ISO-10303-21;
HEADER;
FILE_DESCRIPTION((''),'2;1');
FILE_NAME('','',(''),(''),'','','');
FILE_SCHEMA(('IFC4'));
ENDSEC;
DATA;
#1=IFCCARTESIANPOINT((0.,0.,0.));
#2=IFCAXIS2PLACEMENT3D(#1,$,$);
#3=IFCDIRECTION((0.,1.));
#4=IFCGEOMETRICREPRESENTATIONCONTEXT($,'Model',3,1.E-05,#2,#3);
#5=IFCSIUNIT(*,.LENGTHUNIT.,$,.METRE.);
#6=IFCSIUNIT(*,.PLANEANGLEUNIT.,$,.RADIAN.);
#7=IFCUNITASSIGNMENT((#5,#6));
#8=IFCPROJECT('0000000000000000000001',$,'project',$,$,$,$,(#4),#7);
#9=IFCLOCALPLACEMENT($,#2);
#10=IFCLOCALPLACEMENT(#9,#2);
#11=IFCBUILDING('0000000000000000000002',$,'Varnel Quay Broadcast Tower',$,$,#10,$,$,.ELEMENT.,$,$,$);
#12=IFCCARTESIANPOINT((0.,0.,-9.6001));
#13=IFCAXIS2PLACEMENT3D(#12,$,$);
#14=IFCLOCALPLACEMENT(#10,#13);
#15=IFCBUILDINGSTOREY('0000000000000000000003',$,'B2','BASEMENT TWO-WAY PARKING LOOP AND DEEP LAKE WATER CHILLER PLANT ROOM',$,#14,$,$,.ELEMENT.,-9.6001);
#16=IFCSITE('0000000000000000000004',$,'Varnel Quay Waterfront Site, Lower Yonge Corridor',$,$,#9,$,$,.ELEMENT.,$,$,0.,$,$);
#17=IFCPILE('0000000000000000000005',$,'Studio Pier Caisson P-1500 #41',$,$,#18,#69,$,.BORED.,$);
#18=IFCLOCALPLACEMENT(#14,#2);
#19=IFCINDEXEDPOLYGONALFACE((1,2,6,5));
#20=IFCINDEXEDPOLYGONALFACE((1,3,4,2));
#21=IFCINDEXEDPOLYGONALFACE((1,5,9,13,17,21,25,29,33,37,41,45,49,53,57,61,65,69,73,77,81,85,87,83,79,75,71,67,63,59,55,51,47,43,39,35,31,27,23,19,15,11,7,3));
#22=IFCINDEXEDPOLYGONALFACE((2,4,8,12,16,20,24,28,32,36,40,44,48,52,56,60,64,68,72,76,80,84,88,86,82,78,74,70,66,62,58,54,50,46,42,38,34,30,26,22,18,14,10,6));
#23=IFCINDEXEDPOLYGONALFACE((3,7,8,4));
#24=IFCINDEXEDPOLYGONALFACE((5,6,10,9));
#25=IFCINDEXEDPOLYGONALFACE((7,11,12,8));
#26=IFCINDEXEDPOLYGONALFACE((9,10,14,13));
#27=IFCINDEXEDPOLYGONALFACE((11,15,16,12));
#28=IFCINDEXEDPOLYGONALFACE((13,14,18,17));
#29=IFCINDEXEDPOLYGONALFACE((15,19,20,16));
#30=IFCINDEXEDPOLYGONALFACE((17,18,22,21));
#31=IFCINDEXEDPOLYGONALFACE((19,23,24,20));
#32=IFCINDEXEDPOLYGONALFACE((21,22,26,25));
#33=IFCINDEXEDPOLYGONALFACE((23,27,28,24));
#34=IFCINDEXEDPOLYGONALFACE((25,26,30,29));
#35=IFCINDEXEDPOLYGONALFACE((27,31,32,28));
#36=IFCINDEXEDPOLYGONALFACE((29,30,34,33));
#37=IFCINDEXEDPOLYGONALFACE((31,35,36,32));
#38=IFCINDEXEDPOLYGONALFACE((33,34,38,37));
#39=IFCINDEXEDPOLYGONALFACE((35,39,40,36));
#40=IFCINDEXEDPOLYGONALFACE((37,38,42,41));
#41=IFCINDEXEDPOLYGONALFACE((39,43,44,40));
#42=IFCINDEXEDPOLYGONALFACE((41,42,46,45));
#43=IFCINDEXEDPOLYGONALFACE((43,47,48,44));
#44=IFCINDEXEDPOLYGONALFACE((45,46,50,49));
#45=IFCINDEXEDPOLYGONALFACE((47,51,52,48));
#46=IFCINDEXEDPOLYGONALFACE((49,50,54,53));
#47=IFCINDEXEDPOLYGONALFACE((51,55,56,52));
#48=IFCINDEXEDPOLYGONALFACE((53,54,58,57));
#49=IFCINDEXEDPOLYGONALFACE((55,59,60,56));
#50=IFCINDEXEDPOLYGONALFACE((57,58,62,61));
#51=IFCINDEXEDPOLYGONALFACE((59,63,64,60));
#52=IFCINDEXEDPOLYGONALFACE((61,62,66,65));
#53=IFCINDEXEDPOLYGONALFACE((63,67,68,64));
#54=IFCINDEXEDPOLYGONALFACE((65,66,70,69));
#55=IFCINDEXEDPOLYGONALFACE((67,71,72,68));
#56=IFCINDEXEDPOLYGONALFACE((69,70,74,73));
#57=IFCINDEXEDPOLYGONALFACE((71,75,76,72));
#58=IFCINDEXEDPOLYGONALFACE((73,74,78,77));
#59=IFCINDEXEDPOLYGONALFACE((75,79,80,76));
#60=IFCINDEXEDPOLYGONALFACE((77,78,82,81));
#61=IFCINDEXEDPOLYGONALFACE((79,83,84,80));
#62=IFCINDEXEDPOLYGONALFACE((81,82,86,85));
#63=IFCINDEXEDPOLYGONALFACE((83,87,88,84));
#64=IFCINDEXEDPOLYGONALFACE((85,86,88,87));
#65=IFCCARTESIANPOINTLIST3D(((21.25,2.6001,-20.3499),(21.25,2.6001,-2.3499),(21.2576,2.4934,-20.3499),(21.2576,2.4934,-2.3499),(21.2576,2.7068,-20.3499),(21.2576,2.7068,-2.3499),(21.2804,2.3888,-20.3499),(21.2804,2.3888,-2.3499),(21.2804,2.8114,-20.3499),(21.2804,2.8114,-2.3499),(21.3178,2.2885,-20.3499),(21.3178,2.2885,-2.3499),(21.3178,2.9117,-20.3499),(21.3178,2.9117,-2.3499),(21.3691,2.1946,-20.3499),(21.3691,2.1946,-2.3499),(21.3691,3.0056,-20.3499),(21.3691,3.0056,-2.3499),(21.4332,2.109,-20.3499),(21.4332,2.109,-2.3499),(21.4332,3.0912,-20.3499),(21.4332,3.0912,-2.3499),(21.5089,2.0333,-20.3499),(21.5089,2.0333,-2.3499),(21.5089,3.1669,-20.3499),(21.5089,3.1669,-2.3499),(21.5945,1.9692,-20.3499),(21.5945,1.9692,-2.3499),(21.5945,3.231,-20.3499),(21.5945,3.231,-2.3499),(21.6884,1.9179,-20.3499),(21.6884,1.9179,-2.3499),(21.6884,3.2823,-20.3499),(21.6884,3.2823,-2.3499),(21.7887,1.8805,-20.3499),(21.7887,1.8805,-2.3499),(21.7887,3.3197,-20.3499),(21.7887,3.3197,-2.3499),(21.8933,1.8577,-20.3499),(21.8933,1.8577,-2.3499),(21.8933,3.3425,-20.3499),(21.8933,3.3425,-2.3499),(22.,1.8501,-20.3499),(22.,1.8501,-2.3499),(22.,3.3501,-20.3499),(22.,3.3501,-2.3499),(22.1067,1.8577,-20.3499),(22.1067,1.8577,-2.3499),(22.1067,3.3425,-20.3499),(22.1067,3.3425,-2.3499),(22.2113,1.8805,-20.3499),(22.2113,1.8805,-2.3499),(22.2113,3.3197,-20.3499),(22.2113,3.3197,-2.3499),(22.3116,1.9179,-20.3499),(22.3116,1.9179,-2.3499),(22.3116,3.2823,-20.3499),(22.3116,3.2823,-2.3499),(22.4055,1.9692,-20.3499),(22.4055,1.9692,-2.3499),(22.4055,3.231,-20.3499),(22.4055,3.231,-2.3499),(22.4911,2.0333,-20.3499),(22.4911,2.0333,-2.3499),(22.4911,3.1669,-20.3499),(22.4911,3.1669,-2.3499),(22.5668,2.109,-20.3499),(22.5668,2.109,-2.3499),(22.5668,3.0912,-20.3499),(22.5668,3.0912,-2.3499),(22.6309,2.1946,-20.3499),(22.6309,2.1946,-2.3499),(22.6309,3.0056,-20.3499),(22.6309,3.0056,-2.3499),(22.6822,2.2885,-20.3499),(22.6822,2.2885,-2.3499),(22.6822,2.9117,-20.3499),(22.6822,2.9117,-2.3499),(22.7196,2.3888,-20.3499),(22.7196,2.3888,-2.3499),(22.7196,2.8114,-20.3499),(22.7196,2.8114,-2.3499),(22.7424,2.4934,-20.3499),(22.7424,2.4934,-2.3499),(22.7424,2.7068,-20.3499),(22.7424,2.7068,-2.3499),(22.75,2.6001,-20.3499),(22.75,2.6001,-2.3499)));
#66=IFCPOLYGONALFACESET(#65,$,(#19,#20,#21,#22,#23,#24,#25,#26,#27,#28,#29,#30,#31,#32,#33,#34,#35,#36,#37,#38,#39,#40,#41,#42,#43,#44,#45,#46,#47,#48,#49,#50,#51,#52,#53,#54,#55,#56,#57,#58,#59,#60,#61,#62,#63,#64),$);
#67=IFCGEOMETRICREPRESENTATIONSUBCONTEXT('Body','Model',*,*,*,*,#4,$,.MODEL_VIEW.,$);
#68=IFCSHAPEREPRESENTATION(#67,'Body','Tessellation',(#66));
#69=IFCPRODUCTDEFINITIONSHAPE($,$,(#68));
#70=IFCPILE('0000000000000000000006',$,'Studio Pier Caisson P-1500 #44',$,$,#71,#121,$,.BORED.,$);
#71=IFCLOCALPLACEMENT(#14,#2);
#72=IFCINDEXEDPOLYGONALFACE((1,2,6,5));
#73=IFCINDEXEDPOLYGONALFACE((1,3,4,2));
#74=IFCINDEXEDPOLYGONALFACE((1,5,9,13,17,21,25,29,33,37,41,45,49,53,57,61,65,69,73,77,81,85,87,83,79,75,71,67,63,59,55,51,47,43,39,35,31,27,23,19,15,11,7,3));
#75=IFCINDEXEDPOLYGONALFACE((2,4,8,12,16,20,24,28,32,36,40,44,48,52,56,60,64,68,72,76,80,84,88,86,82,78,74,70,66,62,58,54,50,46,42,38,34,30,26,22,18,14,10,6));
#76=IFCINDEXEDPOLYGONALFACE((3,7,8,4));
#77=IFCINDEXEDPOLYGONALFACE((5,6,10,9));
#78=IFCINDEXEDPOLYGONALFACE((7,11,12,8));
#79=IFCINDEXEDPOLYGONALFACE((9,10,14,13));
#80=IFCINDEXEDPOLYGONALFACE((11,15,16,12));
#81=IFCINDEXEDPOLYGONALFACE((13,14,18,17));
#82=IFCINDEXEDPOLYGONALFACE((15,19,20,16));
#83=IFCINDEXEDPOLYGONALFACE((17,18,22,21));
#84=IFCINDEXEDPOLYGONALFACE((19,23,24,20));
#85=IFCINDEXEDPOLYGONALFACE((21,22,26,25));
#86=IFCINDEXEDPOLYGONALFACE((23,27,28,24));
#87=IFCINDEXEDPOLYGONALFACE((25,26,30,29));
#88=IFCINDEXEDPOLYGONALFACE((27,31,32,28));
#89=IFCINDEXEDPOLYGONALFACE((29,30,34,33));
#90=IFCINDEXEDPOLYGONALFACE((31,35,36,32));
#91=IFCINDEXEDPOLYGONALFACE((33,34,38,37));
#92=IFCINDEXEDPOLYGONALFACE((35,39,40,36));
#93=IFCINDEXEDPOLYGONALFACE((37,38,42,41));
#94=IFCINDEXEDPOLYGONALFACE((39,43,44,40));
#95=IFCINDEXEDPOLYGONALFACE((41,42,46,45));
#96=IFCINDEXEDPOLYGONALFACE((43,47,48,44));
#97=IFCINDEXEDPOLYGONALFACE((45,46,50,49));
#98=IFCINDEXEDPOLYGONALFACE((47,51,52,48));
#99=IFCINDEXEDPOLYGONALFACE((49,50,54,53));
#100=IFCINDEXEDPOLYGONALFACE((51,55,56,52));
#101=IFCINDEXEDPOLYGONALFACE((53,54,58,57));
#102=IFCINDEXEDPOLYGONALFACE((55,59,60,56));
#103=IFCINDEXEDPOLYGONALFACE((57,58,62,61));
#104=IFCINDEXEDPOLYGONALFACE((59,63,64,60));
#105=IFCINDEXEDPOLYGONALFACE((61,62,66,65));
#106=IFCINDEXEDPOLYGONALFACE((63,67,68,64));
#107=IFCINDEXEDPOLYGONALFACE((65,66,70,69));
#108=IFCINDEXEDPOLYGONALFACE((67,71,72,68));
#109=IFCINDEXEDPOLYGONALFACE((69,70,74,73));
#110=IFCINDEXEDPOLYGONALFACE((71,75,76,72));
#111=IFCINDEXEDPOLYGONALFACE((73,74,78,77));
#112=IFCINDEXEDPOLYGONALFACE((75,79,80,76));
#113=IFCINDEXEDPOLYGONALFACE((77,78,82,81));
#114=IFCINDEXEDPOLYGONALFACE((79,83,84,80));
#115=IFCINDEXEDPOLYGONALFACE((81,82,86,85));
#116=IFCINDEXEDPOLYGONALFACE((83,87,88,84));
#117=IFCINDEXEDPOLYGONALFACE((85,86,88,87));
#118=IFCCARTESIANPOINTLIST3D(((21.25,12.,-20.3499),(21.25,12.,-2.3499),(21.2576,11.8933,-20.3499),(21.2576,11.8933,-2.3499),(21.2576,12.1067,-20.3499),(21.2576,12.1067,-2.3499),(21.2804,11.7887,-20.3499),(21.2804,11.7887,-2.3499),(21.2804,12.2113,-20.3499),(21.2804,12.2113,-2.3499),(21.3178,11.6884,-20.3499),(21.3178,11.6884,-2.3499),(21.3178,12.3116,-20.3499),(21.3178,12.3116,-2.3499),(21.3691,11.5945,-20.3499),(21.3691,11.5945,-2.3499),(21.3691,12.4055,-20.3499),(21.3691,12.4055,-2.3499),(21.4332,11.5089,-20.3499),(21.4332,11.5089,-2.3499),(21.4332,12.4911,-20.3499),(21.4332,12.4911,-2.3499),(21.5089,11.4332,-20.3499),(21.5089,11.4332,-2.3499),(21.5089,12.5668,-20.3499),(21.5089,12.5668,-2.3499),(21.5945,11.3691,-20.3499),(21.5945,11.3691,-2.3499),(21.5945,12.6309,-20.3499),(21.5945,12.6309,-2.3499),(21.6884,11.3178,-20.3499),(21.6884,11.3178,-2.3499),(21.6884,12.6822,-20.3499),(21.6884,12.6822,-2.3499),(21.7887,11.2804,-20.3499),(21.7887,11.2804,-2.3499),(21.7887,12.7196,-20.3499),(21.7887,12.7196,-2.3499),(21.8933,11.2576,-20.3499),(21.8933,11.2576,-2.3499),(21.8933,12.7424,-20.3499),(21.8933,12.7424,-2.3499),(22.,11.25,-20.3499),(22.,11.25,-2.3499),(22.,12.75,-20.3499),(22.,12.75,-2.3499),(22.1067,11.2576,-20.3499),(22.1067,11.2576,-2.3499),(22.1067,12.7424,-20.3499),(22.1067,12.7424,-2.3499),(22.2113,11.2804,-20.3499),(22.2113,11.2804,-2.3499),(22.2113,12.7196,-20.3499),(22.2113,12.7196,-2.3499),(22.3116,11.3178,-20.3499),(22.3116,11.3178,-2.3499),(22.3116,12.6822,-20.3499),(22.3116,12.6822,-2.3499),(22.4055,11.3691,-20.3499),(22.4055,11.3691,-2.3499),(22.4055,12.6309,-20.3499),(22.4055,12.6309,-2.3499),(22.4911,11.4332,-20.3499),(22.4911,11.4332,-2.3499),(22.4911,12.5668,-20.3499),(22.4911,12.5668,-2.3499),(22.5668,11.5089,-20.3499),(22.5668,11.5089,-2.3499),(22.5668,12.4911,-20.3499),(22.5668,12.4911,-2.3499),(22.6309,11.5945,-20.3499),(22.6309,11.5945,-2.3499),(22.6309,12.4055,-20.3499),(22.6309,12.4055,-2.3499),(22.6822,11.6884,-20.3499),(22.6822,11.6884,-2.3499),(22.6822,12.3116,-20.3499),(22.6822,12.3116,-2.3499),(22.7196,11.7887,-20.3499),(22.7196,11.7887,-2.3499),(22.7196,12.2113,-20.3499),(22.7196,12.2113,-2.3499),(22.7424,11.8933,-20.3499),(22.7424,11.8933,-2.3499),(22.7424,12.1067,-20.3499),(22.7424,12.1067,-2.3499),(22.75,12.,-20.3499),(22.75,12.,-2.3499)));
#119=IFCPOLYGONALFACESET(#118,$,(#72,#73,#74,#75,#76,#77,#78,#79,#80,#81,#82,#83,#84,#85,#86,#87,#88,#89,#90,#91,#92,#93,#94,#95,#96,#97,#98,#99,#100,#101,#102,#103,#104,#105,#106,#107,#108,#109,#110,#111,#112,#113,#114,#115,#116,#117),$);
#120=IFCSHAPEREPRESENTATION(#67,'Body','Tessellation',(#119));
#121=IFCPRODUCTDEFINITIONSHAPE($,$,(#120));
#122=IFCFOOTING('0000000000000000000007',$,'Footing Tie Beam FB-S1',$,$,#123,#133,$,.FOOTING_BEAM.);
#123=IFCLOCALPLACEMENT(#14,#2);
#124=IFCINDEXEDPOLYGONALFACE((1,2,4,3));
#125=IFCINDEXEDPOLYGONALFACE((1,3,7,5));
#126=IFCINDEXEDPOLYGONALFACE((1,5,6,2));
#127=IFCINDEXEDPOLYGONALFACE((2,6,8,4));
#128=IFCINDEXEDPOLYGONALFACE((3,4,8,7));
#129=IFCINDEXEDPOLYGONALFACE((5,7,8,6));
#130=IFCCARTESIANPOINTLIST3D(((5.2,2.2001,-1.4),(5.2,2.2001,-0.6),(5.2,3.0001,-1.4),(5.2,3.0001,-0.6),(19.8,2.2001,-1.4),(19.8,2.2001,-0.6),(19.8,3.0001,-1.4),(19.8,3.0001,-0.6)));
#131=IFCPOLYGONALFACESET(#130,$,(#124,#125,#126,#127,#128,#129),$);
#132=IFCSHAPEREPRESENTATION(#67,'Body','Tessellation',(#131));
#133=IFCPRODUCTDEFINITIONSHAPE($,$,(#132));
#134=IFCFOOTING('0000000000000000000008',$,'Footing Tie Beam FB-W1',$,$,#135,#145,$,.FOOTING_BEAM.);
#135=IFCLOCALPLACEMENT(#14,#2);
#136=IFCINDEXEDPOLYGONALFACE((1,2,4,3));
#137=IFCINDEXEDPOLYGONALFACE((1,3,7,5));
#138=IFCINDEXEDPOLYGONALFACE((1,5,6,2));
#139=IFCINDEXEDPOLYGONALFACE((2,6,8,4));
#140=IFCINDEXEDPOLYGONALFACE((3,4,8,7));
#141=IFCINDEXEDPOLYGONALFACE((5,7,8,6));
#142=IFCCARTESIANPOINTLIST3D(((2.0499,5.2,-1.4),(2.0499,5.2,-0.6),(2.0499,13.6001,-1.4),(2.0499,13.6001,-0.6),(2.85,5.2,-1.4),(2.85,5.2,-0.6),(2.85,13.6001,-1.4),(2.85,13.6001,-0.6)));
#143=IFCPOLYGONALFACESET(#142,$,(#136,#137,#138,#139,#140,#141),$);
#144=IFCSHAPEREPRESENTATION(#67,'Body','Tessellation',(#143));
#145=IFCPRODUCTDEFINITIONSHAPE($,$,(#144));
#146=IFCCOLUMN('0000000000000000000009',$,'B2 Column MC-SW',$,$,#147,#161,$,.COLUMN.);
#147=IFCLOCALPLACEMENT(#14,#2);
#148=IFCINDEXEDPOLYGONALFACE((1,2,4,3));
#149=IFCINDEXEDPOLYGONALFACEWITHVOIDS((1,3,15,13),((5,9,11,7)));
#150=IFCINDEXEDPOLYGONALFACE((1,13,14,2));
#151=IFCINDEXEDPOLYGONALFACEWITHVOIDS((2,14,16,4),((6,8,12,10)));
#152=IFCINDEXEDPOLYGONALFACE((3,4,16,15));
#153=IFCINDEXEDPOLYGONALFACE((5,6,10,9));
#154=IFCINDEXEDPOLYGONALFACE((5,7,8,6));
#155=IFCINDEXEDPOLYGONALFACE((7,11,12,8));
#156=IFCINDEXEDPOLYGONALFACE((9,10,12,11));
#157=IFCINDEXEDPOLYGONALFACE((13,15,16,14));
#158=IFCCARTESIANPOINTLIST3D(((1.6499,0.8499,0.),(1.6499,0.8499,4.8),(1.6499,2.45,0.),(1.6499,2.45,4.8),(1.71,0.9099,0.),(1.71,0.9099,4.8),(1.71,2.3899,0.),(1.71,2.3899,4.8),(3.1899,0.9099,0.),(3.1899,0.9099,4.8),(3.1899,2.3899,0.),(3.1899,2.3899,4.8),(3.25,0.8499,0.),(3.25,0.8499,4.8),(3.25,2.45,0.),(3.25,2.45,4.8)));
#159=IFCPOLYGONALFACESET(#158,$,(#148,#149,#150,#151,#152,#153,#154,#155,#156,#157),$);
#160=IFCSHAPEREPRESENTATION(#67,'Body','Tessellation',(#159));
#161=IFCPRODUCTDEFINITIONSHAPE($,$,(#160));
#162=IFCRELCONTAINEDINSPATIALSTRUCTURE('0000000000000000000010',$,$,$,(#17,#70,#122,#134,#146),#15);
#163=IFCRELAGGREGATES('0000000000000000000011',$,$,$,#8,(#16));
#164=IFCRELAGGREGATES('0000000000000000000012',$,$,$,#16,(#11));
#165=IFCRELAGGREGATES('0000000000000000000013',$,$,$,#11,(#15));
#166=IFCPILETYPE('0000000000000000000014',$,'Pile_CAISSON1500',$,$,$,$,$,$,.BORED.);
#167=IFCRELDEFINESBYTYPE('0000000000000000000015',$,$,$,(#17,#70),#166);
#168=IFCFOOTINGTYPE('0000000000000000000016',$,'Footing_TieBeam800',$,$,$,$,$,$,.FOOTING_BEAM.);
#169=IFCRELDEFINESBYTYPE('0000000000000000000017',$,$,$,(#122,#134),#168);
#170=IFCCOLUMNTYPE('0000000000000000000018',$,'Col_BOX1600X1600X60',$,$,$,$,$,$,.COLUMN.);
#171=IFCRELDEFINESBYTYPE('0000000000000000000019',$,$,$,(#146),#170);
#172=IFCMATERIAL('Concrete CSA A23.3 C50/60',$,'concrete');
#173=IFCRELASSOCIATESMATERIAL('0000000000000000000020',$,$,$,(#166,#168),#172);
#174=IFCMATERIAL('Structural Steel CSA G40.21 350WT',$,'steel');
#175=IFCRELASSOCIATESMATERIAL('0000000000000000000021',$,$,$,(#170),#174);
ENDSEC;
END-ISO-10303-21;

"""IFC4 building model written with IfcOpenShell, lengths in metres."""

from ifc_helpers import new_model, si_unit, direction, frame, origin, origin_2d, place, context, subcontext, project, spatial, rectangle, hollow_rectangle, circle, extrude, source, transform, mapped, material, material_profile, profile_set, type_object, type_shapes, element, save


model = new_model("IFC4")

# Units and contexts
model_context = context("Model", 3, precision=1e-05, world=origin(), true_north=direction((0.0, 1.0)))
body_context = subcontext(model_context, "Body", "Model", "MODEL_VIEW")
ifc_project = project(units=[si_unit("LENGTHUNIT", "METRE"), si_unit("PLANEANGLEUNIT", "RADIAN")], contexts=[model_context])

# Site, building, storey
site_placement = place(None, origin())
site = spatial("IfcSite", under=ifc_project, at=site_placement, Name="Varnel Quay Waterfront Site, Lower Yonge Corridor", CompositionType="ELEMENT", RefElevation=0.0)
building_placement = place(site_placement, origin())
building = spatial("IfcBuilding", under=site, at=building_placement, Name="Varnel Quay Broadcast Tower", CompositionType="ELEMENT")
storey_placement = place(building_placement, frame((0.0, 0.0, -9.6001)))
storey = spatial("IfcBuildingStorey", under=building, at=storey_placement, Name="B2", Description="BASEMENT TWO-WAY PARKING LOOP AND DEEP LAKE WATER CHILLER PLANT ROOM", CompositionType="ELEMENT", Elevation=-9.6001)

# Piles
ifc_material_1 = material(Name="Concrete CSA A23.3 C50/60", Category="concrete")
ifc_material_profile_1 = material_profile(ifc_material_1, circle(Radius=0.75, at=origin_2d()), Name="CAISSON1500")
ifc_profile_set_1 = profile_set([ifc_material_profile_1], Name="Concrete CSA A23.3 C50/60")
pile_type_1 = type_object("IfcPileType", Name="Pile_CAISSON1500", PredefinedType="BORED", material=ifc_profile_set_1)
shared_shape_1 = source(origin(), body_context, "Body", "SweptSolid", [
    extrude(circle(Radius=0.75, at=origin_2d()), origin(), (0.0, 0.0, 1.0), 18.0),
])
type_shapes(pile_type_1, [shared_shape_1])
for number, where, z_axis, x_axis, name in (
    (1, (22.0, 2.6001, -2.3499), (0.0, 0.0, -1.0), (1.0, 0.0, 0.0), "Studio Pier Caisson P-1500 #41"),
    (2, (22.0, 12.0, -2.3499), (0.0, 0.0, -1.0), (1.0, 0.0, 0.0), "Studio Pier Caisson P-1500 #44"),
):
    element("IfcPile", number, at=place(storey_placement, frame(where, z_axis=z_axis, x_axis=x_axis)), inside=storey, type_object=pile_type_1, Name=name, PredefinedType="BORED", context=body_context, shape_type="MappedRepresentation", body=[
        mapped(shared_shape_1, transform((0.0, 0.0, 0.0), x_axis=(1.0, 0.0, 0.0), y_axis=(0.0, 1.0, 0.0), z_axis=(0.0, 0.0, 1.0), scale=1.0)),
    ])

# Footings
ifc_material_profile_2 = material_profile(ifc_material_1, rectangle(XDim=0.8, YDim=0.8, at=origin_2d()), Name="RC800X800")
ifc_profile_set_2 = profile_set([ifc_material_profile_2], Name="Concrete CSA A23.3 C50/60")
footing_type = type_object("IfcFootingType", Name="Footing_TieBeam800", PredefinedType="FOOTING_BEAM", material=ifc_profile_set_2)
shared_shape_2 = source(origin(), body_context, "Body", "SweptSolid", [
    extrude(rectangle(XDim=0.8, YDim=0.8, at=origin_2d()), origin(), (0.0, 0.0, 1.0), 14.6001),
])
footing_1_placement = place(storey_placement, frame((5.2, 2.6001, -1.0), z_axis=(1.0, 0.0, 0.0), x_axis=(0.0, 1.0, 0.0)))
element("IfcFooting", 3, at=footing_1_placement, inside=storey, type_object=footing_type, Name="Footing Tie Beam FB-S1", PredefinedType="FOOTING_BEAM", context=body_context, shape_type="MappedRepresentation", body=[
    mapped(shared_shape_2, transform((0.0, 0.0, 0.0), x_axis=(1.0, 0.0, 0.0), y_axis=(0.0, 1.0, 0.0), z_axis=(0.0, 0.0, 1.0), scale=1.0)),
])
shared_shape_3 = source(origin(), body_context, "Body", "SweptSolid", [
    extrude(rectangle(XDim=0.8, YDim=0.8, at=origin_2d()), origin(), (0.0, 0.0, 1.0), 8.4001),
])
type_shapes(footing_type, [shared_shape_2, shared_shape_3])
footing_2_placement = place(storey_placement, frame((2.45, 5.2, -1.0), z_axis=(0.0, 1.0, 0.0), x_axis=(-1.0, 0.0, 0.0)))
element("IfcFooting", 4, at=footing_2_placement, inside=storey, type_object=footing_type, Name="Footing Tie Beam FB-W1", PredefinedType="FOOTING_BEAM", context=body_context, shape_type="MappedRepresentation", body=[
    mapped(shared_shape_3, transform((0.0, 0.0, 0.0), x_axis=(1.0, 0.0, 0.0), y_axis=(0.0, 1.0, 0.0), z_axis=(0.0, 0.0, 1.0), scale=1.0)),
])

# Column
ifc_material_2 = material(Name="Structural Steel CSA G40.21 350WT", Category="steel")
ifc_material_profile_3 = material_profile(ifc_material_2, hollow_rectangle(XDim=1.6001, YDim=1.6001, WallThickness=0.0601, at=origin_2d()), Name="BOX1600X1600X60")
ifc_profile_set_3 = profile_set([ifc_material_profile_3], Name="Structural Steel CSA G40.21 350WT")
column_type_1 = type_object("IfcColumnType", Name="Col_BOX1600X1600X60", PredefinedType="COLUMN", material=ifc_profile_set_3)
shared_shape_4 = source(origin(), body_context, "Body", "SweptSolid", [
    extrude(hollow_rectangle(XDim=1.6001, YDim=1.6001, WallThickness=0.0601, at=origin_2d()), origin(), (0.0, 0.0, 1.0), 4.8),
])
type_shapes(column_type_1, [shared_shape_4])
column_placement = place(storey_placement, frame((2.45, 1.6499, 0.0), z_axis=(0.0, 0.0, 1.0), x_axis=(1.0, 0.0, 0.0)))
element("IfcColumn", 5, at=column_placement, inside=storey, type_object=column_type_1, Name="B2 Column MC-SW", PredefinedType="COLUMN", context=body_context, shape_type="MappedRepresentation", body=[
    mapped(shared_shape_4, transform((0.0, 0.0, 0.0), x_axis=(1.0, 0.0, 0.0), y_axis=(0.0, 1.0, 0.0), z_axis=(0.0, 0.0, 1.0), scale=1.0)),
])

save(model, "model.ifc")
